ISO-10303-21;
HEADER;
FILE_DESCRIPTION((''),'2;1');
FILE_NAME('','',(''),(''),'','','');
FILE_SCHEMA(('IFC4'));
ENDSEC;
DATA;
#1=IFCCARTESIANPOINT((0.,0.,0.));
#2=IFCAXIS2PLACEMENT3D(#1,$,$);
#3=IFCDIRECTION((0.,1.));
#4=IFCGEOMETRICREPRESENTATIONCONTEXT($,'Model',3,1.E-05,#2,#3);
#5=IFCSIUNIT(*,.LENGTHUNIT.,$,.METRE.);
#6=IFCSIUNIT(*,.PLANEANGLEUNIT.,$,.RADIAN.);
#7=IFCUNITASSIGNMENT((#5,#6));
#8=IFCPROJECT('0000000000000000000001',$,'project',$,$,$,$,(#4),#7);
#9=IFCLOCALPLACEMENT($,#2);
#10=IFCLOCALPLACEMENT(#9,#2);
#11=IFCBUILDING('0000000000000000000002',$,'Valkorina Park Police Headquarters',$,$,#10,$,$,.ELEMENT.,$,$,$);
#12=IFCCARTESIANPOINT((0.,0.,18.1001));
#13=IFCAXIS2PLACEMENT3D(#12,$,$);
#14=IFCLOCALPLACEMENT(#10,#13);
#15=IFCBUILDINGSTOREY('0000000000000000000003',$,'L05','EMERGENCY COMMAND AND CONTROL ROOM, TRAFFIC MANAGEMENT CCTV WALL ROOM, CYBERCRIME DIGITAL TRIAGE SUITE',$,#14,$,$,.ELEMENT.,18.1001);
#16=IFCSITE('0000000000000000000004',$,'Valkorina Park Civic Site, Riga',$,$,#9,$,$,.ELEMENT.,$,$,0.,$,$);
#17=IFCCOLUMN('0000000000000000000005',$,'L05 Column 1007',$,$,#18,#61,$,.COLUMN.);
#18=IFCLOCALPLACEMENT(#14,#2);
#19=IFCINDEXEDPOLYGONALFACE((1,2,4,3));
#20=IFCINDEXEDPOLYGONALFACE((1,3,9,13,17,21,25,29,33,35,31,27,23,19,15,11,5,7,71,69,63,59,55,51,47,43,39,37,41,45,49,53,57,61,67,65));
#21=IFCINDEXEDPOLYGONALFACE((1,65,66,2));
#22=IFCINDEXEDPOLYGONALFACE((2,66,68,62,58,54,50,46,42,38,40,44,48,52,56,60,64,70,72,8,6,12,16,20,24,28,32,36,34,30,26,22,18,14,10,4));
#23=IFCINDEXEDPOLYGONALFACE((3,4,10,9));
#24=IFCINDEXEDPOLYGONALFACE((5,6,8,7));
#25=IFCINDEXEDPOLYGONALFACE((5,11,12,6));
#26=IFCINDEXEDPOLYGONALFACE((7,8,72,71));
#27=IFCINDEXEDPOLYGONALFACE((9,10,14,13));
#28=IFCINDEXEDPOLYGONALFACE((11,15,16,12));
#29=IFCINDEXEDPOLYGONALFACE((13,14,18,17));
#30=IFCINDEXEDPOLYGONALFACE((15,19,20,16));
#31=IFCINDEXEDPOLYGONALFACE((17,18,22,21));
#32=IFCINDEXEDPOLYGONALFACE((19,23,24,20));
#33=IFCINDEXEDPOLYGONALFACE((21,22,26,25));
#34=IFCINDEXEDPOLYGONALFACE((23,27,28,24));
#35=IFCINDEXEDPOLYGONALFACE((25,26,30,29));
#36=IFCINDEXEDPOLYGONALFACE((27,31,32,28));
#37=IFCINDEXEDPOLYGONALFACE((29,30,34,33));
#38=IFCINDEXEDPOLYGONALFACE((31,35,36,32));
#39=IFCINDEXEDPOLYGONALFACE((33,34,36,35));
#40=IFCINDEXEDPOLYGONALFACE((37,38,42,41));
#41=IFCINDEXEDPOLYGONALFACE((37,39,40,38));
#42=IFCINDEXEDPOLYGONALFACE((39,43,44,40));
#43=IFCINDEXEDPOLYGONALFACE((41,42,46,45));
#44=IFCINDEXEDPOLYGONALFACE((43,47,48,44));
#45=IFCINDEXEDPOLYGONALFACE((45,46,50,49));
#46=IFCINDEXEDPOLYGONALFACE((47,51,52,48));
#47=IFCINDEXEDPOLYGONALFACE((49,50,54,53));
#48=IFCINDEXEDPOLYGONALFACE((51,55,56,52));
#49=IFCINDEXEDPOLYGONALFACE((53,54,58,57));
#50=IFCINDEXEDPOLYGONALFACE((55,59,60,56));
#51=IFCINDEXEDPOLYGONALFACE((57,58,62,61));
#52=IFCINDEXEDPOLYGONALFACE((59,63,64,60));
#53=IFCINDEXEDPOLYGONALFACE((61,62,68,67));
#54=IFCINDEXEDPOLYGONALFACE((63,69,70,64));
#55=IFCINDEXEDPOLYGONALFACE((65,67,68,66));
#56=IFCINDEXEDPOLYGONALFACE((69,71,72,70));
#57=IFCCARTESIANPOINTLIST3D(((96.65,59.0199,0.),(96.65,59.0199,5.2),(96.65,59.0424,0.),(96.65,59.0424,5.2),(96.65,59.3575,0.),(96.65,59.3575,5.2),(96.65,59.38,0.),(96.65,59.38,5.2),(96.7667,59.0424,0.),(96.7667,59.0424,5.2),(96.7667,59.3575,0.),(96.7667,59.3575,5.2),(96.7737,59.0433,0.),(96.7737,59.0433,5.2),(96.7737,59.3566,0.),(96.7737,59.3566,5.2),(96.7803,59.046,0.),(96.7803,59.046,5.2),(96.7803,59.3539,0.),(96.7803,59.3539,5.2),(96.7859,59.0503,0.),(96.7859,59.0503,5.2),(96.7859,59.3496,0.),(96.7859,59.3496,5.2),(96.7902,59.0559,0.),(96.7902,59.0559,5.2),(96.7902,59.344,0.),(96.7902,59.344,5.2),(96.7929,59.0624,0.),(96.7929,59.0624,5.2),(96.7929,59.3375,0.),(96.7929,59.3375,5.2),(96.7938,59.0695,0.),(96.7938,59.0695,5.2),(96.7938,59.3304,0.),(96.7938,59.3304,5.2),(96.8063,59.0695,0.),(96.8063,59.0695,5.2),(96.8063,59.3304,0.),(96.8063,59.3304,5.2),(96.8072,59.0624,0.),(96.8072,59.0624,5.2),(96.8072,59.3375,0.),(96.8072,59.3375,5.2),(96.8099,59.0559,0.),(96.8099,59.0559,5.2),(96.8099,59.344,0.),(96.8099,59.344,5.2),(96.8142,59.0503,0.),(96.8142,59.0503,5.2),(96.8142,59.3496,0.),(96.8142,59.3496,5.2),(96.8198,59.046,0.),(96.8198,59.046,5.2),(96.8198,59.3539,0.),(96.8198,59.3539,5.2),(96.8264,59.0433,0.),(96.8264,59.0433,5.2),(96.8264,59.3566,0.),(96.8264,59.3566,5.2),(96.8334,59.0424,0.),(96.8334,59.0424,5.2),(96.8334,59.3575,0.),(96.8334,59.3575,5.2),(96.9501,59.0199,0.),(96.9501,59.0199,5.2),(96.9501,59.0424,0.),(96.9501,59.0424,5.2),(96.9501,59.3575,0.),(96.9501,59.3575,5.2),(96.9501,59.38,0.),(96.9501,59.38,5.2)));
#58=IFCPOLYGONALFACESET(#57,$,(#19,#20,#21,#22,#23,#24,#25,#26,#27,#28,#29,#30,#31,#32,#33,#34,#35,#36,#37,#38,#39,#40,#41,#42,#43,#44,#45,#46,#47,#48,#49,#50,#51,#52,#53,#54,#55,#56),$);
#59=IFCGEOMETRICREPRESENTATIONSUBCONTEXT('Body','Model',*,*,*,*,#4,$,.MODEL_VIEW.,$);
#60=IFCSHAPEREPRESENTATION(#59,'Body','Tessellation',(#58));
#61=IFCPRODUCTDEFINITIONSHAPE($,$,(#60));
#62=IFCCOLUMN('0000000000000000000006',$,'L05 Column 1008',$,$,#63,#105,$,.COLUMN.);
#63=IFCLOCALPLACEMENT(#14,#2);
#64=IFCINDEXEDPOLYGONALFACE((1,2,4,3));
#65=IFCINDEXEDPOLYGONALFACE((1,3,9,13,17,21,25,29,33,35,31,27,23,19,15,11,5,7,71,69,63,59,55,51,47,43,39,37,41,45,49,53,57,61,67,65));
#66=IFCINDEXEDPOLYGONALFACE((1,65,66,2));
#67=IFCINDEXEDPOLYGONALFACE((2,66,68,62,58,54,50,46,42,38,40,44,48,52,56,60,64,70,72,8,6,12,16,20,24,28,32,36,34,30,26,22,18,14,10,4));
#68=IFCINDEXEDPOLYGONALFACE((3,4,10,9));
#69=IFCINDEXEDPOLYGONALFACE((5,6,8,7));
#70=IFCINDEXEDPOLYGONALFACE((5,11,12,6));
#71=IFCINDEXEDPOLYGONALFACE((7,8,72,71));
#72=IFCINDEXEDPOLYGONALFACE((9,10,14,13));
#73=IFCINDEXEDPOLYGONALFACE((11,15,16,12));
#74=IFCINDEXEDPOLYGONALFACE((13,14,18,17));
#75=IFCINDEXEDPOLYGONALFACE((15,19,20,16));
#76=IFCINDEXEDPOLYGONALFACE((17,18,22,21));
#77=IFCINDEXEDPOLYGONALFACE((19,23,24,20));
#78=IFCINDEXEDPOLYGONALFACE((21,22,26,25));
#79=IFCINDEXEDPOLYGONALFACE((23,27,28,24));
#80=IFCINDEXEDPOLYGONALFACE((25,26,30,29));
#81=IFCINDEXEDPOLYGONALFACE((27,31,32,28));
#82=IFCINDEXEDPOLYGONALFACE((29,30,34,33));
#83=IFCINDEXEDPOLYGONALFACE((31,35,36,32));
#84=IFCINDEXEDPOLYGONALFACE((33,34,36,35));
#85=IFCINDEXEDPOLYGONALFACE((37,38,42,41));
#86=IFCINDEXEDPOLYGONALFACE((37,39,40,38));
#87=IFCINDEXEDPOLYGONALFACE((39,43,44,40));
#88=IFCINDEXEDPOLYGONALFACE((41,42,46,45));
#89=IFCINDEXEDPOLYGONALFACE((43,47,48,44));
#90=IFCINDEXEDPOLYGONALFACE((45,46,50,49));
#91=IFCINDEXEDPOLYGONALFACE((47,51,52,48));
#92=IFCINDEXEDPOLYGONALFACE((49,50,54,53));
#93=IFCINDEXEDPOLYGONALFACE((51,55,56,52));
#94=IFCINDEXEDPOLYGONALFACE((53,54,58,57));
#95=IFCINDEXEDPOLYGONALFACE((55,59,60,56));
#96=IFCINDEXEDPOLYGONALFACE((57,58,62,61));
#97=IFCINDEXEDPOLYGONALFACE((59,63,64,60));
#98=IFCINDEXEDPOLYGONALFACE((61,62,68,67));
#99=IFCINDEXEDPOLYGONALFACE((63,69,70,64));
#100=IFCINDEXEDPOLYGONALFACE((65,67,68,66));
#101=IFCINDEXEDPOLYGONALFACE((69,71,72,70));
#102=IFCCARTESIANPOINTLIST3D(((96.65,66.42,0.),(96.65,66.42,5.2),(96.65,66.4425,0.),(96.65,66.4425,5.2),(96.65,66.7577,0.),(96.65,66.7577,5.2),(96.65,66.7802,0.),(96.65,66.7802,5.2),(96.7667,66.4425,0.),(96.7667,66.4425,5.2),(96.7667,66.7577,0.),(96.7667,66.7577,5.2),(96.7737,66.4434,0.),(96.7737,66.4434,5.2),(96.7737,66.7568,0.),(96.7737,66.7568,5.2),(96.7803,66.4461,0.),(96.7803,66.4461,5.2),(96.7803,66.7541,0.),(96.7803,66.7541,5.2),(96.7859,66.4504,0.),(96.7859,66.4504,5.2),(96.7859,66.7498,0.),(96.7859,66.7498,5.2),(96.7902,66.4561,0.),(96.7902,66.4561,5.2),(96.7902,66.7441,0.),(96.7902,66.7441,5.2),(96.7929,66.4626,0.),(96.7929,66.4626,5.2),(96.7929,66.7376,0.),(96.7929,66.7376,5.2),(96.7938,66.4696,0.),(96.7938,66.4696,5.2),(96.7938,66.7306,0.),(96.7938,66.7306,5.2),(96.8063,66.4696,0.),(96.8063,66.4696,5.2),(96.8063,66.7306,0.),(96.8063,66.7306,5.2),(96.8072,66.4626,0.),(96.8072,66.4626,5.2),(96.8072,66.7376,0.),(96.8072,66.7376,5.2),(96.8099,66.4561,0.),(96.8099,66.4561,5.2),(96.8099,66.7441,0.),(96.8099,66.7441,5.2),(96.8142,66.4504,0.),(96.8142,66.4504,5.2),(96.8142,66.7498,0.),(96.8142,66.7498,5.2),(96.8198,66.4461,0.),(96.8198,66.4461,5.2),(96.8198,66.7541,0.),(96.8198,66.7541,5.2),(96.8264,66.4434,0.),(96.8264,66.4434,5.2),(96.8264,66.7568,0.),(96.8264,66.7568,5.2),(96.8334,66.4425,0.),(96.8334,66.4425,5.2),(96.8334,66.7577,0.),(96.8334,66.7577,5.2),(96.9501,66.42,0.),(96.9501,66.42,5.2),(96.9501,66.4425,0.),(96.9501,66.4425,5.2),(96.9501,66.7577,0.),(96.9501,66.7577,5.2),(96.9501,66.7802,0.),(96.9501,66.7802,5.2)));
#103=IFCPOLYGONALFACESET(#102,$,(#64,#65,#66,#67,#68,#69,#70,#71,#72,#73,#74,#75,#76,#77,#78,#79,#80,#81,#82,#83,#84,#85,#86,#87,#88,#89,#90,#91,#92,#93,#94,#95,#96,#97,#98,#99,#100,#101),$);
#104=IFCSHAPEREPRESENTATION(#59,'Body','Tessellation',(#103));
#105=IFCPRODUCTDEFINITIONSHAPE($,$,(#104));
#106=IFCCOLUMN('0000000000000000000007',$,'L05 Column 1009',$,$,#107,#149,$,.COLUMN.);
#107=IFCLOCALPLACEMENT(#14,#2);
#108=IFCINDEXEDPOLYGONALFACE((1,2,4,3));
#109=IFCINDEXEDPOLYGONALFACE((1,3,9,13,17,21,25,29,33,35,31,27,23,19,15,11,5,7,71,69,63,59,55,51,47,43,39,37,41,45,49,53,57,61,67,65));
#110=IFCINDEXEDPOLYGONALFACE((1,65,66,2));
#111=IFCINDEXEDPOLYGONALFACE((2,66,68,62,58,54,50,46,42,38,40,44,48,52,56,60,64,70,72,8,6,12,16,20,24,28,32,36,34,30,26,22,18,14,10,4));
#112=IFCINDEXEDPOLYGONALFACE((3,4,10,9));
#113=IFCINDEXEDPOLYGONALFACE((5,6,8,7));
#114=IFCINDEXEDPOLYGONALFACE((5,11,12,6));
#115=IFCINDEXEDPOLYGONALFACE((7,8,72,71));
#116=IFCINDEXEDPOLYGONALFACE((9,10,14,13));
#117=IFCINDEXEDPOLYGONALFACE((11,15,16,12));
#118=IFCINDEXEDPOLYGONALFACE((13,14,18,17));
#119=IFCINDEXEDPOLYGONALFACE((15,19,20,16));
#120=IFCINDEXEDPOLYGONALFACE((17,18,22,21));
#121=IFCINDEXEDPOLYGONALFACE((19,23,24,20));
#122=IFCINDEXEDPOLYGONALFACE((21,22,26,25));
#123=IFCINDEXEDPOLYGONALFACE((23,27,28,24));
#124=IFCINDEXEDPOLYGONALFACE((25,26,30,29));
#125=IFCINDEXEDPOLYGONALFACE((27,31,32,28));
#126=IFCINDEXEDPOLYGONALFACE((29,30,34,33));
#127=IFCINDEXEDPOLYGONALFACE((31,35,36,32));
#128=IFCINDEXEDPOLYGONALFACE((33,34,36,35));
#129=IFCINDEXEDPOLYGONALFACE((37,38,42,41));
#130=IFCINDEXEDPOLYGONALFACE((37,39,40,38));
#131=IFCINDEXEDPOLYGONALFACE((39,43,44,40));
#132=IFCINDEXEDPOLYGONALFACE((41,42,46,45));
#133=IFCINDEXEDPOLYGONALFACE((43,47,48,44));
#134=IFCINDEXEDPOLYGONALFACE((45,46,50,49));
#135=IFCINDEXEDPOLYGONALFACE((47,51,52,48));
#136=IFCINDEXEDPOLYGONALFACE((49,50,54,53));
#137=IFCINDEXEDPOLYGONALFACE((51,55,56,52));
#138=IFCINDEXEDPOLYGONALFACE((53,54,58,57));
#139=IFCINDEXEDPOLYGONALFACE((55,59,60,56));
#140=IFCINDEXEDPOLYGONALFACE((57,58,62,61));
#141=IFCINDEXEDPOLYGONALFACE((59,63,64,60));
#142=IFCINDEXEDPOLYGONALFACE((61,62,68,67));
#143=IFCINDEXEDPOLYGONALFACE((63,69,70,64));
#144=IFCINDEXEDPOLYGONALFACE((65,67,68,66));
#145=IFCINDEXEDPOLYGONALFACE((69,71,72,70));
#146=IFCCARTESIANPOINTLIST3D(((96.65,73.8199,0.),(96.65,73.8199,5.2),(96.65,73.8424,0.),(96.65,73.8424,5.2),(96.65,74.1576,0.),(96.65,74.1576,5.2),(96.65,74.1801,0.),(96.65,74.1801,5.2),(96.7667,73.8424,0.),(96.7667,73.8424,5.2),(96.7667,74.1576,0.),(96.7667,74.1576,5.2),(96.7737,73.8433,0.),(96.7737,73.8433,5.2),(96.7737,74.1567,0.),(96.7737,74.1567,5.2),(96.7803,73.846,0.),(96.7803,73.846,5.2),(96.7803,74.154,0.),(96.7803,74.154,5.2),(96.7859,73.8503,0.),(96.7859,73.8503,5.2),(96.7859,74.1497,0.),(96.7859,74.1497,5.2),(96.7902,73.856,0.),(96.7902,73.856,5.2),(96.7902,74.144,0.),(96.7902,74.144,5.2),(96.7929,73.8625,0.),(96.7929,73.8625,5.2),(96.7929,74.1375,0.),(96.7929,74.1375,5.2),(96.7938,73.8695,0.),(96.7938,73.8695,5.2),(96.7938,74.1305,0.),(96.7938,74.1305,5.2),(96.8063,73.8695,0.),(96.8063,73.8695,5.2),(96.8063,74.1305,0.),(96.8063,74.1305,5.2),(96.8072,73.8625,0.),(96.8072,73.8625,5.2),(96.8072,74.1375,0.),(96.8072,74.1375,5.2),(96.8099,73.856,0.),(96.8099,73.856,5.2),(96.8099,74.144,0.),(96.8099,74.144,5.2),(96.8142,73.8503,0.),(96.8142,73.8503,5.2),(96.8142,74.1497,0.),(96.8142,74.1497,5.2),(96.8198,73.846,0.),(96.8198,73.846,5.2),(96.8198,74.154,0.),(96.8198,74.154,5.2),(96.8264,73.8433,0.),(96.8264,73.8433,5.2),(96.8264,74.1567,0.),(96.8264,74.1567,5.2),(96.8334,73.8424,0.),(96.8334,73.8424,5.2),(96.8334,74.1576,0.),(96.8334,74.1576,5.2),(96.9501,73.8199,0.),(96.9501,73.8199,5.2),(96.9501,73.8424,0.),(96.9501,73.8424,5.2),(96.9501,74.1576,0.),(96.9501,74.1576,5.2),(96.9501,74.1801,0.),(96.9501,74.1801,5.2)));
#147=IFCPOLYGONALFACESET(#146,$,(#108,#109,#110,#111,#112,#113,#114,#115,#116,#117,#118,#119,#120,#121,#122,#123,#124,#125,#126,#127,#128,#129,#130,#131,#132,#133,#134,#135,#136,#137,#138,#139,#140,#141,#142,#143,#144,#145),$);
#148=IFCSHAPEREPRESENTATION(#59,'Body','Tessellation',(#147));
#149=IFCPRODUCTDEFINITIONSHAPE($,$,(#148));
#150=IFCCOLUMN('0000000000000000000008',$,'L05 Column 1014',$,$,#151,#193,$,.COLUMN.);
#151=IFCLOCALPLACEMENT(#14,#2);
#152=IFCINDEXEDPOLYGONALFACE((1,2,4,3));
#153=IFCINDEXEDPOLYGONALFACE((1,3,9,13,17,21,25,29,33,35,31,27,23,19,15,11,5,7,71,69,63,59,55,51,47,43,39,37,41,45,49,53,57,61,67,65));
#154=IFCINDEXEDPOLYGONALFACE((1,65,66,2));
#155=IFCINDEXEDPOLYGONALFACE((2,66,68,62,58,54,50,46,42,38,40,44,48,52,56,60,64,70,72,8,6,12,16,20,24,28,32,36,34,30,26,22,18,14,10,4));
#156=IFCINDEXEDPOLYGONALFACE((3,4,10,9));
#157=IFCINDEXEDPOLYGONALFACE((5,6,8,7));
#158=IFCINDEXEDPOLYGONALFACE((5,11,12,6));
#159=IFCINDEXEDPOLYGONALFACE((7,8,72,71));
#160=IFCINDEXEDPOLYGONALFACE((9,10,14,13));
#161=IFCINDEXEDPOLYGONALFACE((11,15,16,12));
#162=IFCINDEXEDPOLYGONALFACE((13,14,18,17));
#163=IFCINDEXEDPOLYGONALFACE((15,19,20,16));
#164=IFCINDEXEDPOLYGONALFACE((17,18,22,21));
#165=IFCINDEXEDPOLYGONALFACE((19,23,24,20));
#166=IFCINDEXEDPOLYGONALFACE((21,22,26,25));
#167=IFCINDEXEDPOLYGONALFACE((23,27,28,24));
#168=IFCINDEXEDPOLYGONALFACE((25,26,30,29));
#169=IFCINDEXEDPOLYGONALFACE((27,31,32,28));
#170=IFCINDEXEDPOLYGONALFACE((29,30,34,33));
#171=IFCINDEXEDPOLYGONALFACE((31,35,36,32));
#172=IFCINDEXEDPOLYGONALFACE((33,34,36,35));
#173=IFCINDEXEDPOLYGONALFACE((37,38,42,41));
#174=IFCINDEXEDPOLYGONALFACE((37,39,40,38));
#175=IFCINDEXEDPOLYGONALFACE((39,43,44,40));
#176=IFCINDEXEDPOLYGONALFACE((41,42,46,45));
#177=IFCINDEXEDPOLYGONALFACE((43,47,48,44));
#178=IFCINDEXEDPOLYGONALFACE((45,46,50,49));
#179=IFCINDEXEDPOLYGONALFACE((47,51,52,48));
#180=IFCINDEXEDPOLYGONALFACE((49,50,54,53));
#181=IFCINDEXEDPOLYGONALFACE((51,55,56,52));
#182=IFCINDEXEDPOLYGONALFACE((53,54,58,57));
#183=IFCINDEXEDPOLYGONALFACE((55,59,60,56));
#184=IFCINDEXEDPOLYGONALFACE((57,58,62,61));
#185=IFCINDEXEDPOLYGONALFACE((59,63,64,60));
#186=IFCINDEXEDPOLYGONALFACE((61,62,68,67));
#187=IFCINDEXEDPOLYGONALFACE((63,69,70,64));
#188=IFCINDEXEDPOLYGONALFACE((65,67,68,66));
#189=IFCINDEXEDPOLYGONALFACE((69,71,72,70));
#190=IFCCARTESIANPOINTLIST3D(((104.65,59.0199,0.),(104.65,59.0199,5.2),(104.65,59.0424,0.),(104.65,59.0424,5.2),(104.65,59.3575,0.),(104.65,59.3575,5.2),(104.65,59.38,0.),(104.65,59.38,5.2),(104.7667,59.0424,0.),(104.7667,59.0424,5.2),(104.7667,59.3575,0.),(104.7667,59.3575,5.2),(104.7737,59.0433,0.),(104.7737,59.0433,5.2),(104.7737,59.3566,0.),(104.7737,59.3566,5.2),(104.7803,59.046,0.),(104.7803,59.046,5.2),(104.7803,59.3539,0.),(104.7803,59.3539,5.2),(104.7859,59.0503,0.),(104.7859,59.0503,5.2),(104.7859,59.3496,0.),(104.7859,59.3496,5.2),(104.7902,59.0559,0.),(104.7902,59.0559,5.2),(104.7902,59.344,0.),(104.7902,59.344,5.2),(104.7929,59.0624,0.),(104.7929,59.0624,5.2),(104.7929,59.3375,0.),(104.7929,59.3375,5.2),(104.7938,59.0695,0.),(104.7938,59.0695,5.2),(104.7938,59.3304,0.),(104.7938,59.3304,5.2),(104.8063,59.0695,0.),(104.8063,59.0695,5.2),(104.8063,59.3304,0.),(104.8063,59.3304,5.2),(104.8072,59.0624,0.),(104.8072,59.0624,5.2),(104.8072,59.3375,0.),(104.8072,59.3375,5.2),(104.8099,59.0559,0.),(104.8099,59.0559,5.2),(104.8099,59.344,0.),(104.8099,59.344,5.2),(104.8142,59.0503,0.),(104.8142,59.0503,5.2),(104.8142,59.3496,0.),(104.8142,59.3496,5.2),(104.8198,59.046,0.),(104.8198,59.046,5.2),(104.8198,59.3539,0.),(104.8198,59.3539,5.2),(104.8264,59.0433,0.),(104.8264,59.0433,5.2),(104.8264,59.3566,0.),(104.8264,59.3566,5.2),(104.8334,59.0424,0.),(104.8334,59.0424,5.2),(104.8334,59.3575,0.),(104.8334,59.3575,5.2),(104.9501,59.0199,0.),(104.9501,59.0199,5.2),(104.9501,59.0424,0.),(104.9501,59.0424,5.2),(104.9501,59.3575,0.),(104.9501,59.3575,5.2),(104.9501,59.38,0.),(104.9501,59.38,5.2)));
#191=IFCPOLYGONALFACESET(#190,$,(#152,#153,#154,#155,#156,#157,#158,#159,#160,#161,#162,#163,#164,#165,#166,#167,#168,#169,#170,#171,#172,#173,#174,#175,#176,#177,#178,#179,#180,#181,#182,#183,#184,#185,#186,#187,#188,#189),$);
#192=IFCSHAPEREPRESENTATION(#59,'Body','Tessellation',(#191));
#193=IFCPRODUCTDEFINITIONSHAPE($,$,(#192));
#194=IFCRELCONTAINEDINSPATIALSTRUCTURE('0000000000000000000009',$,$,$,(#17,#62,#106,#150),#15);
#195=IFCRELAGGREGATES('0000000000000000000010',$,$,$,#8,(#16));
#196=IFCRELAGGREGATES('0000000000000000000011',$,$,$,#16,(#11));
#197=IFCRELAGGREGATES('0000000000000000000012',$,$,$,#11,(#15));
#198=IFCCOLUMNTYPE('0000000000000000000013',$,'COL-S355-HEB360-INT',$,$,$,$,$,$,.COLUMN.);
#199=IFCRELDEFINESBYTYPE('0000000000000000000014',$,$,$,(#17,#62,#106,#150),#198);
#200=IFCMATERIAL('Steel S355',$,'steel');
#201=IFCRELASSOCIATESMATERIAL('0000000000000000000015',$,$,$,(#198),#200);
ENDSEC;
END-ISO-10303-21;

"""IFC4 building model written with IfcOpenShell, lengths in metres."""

from ifc_helpers import new_model, si_unit, direction, frame, origin, origin_2d, place, context, subcontext, project, spatial, i_section, extrude, material, material_profile, profile_set, type_object, element, save


model = new_model("IFC4")

# Units and contexts
model_context = context("Model", 3, precision=1e-05, world=origin(), true_north=direction((0.0, 1.0)))
body_context = subcontext(model_context, "Body", "Model", "MODEL_VIEW")
ifc_project = project(units=[si_unit("LENGTHUNIT", "METRE"), si_unit("PLANEANGLEUNIT", "RADIAN")], contexts=[model_context])

# Site, building, storey
site_placement = place(None, origin())
site = spatial("IfcSite", under=ifc_project, at=site_placement, Name="Valkorina Park Civic Site, Riga", CompositionType="ELEMENT", RefElevation=0.0)
building_placement = place(site_placement, origin())
building = spatial("IfcBuilding", under=site, at=building_placement, Name="Valkorina Park Police Headquarters", CompositionType="ELEMENT")
storey_placement = place(building_placement, frame((0.0, 0.0, 18.1001)))
storey = spatial("IfcBuildingStorey", under=building, at=storey_placement, Name="L05", Description="EMERGENCY COMMAND AND CONTROL ROOM, TRAFFIC MANAGEMENT CCTV WALL ROOM, CYBERCRIME DIGITAL TRIAGE SUITE", CompositionType="ELEMENT", Elevation=18.1001)

# Columns
ifc_material_1 = material(Name="Steel S355", Category="steel")
ifc_material_profile_1 = material_profile(ifc_material_1, i_section(OverallWidth=0.3, OverallDepth=0.3601, WebThickness=0.0125, FlangeThickness=0.0225, FilletRadius=0.0271, at=origin_2d()), Name="HEB 360")
ifc_profile_set_1 = profile_set([ifc_material_profile_1], Name="Steel S355")
column_type = type_object("IfcColumnType", Name="COL-S355-HEB360-INT", PredefinedType="COLUMN", material=ifc_profile_set_1)
for number, where, z_axis, x_axis, name in (
    (1, (96.8, 59.2, 0.0), (0.0, 0.0, 1.0), (1.0, 0.0, 0.0), "L05 Column 1007"),
    (2, (96.8, 66.6001, 0.0), (0.0, 0.0, 1.0), (1.0, 0.0, 0.0), "L05 Column 1008"),
    (3, (96.8, 74.0, 0.0), (0.0, 0.0, 1.0), (1.0, 0.0, 0.0), "L05 Column 1009"),
    (4, (104.8, 59.2, 0.0), (0.0, 0.0, 1.0), (1.0, 0.0, 0.0), "L05 Column 1014"),
):
    element("IfcColumn", number, at=place(storey_placement, frame(where, z_axis=z_axis, x_axis=x_axis)), inside=storey, type_object=column_type, Name=name, PredefinedType="COLUMN", context=body_context, shape_type="SweptSolid", body=[
        extrude(i_section(OverallWidth=0.3, OverallDepth=0.3601, WebThickness=0.0125, FlangeThickness=0.0225, FilletRadius=0.0271, at=origin_2d()), origin(), (0.0, 0.0, 1.0), 5.2),
    ])

save(model, "model.ifc")
